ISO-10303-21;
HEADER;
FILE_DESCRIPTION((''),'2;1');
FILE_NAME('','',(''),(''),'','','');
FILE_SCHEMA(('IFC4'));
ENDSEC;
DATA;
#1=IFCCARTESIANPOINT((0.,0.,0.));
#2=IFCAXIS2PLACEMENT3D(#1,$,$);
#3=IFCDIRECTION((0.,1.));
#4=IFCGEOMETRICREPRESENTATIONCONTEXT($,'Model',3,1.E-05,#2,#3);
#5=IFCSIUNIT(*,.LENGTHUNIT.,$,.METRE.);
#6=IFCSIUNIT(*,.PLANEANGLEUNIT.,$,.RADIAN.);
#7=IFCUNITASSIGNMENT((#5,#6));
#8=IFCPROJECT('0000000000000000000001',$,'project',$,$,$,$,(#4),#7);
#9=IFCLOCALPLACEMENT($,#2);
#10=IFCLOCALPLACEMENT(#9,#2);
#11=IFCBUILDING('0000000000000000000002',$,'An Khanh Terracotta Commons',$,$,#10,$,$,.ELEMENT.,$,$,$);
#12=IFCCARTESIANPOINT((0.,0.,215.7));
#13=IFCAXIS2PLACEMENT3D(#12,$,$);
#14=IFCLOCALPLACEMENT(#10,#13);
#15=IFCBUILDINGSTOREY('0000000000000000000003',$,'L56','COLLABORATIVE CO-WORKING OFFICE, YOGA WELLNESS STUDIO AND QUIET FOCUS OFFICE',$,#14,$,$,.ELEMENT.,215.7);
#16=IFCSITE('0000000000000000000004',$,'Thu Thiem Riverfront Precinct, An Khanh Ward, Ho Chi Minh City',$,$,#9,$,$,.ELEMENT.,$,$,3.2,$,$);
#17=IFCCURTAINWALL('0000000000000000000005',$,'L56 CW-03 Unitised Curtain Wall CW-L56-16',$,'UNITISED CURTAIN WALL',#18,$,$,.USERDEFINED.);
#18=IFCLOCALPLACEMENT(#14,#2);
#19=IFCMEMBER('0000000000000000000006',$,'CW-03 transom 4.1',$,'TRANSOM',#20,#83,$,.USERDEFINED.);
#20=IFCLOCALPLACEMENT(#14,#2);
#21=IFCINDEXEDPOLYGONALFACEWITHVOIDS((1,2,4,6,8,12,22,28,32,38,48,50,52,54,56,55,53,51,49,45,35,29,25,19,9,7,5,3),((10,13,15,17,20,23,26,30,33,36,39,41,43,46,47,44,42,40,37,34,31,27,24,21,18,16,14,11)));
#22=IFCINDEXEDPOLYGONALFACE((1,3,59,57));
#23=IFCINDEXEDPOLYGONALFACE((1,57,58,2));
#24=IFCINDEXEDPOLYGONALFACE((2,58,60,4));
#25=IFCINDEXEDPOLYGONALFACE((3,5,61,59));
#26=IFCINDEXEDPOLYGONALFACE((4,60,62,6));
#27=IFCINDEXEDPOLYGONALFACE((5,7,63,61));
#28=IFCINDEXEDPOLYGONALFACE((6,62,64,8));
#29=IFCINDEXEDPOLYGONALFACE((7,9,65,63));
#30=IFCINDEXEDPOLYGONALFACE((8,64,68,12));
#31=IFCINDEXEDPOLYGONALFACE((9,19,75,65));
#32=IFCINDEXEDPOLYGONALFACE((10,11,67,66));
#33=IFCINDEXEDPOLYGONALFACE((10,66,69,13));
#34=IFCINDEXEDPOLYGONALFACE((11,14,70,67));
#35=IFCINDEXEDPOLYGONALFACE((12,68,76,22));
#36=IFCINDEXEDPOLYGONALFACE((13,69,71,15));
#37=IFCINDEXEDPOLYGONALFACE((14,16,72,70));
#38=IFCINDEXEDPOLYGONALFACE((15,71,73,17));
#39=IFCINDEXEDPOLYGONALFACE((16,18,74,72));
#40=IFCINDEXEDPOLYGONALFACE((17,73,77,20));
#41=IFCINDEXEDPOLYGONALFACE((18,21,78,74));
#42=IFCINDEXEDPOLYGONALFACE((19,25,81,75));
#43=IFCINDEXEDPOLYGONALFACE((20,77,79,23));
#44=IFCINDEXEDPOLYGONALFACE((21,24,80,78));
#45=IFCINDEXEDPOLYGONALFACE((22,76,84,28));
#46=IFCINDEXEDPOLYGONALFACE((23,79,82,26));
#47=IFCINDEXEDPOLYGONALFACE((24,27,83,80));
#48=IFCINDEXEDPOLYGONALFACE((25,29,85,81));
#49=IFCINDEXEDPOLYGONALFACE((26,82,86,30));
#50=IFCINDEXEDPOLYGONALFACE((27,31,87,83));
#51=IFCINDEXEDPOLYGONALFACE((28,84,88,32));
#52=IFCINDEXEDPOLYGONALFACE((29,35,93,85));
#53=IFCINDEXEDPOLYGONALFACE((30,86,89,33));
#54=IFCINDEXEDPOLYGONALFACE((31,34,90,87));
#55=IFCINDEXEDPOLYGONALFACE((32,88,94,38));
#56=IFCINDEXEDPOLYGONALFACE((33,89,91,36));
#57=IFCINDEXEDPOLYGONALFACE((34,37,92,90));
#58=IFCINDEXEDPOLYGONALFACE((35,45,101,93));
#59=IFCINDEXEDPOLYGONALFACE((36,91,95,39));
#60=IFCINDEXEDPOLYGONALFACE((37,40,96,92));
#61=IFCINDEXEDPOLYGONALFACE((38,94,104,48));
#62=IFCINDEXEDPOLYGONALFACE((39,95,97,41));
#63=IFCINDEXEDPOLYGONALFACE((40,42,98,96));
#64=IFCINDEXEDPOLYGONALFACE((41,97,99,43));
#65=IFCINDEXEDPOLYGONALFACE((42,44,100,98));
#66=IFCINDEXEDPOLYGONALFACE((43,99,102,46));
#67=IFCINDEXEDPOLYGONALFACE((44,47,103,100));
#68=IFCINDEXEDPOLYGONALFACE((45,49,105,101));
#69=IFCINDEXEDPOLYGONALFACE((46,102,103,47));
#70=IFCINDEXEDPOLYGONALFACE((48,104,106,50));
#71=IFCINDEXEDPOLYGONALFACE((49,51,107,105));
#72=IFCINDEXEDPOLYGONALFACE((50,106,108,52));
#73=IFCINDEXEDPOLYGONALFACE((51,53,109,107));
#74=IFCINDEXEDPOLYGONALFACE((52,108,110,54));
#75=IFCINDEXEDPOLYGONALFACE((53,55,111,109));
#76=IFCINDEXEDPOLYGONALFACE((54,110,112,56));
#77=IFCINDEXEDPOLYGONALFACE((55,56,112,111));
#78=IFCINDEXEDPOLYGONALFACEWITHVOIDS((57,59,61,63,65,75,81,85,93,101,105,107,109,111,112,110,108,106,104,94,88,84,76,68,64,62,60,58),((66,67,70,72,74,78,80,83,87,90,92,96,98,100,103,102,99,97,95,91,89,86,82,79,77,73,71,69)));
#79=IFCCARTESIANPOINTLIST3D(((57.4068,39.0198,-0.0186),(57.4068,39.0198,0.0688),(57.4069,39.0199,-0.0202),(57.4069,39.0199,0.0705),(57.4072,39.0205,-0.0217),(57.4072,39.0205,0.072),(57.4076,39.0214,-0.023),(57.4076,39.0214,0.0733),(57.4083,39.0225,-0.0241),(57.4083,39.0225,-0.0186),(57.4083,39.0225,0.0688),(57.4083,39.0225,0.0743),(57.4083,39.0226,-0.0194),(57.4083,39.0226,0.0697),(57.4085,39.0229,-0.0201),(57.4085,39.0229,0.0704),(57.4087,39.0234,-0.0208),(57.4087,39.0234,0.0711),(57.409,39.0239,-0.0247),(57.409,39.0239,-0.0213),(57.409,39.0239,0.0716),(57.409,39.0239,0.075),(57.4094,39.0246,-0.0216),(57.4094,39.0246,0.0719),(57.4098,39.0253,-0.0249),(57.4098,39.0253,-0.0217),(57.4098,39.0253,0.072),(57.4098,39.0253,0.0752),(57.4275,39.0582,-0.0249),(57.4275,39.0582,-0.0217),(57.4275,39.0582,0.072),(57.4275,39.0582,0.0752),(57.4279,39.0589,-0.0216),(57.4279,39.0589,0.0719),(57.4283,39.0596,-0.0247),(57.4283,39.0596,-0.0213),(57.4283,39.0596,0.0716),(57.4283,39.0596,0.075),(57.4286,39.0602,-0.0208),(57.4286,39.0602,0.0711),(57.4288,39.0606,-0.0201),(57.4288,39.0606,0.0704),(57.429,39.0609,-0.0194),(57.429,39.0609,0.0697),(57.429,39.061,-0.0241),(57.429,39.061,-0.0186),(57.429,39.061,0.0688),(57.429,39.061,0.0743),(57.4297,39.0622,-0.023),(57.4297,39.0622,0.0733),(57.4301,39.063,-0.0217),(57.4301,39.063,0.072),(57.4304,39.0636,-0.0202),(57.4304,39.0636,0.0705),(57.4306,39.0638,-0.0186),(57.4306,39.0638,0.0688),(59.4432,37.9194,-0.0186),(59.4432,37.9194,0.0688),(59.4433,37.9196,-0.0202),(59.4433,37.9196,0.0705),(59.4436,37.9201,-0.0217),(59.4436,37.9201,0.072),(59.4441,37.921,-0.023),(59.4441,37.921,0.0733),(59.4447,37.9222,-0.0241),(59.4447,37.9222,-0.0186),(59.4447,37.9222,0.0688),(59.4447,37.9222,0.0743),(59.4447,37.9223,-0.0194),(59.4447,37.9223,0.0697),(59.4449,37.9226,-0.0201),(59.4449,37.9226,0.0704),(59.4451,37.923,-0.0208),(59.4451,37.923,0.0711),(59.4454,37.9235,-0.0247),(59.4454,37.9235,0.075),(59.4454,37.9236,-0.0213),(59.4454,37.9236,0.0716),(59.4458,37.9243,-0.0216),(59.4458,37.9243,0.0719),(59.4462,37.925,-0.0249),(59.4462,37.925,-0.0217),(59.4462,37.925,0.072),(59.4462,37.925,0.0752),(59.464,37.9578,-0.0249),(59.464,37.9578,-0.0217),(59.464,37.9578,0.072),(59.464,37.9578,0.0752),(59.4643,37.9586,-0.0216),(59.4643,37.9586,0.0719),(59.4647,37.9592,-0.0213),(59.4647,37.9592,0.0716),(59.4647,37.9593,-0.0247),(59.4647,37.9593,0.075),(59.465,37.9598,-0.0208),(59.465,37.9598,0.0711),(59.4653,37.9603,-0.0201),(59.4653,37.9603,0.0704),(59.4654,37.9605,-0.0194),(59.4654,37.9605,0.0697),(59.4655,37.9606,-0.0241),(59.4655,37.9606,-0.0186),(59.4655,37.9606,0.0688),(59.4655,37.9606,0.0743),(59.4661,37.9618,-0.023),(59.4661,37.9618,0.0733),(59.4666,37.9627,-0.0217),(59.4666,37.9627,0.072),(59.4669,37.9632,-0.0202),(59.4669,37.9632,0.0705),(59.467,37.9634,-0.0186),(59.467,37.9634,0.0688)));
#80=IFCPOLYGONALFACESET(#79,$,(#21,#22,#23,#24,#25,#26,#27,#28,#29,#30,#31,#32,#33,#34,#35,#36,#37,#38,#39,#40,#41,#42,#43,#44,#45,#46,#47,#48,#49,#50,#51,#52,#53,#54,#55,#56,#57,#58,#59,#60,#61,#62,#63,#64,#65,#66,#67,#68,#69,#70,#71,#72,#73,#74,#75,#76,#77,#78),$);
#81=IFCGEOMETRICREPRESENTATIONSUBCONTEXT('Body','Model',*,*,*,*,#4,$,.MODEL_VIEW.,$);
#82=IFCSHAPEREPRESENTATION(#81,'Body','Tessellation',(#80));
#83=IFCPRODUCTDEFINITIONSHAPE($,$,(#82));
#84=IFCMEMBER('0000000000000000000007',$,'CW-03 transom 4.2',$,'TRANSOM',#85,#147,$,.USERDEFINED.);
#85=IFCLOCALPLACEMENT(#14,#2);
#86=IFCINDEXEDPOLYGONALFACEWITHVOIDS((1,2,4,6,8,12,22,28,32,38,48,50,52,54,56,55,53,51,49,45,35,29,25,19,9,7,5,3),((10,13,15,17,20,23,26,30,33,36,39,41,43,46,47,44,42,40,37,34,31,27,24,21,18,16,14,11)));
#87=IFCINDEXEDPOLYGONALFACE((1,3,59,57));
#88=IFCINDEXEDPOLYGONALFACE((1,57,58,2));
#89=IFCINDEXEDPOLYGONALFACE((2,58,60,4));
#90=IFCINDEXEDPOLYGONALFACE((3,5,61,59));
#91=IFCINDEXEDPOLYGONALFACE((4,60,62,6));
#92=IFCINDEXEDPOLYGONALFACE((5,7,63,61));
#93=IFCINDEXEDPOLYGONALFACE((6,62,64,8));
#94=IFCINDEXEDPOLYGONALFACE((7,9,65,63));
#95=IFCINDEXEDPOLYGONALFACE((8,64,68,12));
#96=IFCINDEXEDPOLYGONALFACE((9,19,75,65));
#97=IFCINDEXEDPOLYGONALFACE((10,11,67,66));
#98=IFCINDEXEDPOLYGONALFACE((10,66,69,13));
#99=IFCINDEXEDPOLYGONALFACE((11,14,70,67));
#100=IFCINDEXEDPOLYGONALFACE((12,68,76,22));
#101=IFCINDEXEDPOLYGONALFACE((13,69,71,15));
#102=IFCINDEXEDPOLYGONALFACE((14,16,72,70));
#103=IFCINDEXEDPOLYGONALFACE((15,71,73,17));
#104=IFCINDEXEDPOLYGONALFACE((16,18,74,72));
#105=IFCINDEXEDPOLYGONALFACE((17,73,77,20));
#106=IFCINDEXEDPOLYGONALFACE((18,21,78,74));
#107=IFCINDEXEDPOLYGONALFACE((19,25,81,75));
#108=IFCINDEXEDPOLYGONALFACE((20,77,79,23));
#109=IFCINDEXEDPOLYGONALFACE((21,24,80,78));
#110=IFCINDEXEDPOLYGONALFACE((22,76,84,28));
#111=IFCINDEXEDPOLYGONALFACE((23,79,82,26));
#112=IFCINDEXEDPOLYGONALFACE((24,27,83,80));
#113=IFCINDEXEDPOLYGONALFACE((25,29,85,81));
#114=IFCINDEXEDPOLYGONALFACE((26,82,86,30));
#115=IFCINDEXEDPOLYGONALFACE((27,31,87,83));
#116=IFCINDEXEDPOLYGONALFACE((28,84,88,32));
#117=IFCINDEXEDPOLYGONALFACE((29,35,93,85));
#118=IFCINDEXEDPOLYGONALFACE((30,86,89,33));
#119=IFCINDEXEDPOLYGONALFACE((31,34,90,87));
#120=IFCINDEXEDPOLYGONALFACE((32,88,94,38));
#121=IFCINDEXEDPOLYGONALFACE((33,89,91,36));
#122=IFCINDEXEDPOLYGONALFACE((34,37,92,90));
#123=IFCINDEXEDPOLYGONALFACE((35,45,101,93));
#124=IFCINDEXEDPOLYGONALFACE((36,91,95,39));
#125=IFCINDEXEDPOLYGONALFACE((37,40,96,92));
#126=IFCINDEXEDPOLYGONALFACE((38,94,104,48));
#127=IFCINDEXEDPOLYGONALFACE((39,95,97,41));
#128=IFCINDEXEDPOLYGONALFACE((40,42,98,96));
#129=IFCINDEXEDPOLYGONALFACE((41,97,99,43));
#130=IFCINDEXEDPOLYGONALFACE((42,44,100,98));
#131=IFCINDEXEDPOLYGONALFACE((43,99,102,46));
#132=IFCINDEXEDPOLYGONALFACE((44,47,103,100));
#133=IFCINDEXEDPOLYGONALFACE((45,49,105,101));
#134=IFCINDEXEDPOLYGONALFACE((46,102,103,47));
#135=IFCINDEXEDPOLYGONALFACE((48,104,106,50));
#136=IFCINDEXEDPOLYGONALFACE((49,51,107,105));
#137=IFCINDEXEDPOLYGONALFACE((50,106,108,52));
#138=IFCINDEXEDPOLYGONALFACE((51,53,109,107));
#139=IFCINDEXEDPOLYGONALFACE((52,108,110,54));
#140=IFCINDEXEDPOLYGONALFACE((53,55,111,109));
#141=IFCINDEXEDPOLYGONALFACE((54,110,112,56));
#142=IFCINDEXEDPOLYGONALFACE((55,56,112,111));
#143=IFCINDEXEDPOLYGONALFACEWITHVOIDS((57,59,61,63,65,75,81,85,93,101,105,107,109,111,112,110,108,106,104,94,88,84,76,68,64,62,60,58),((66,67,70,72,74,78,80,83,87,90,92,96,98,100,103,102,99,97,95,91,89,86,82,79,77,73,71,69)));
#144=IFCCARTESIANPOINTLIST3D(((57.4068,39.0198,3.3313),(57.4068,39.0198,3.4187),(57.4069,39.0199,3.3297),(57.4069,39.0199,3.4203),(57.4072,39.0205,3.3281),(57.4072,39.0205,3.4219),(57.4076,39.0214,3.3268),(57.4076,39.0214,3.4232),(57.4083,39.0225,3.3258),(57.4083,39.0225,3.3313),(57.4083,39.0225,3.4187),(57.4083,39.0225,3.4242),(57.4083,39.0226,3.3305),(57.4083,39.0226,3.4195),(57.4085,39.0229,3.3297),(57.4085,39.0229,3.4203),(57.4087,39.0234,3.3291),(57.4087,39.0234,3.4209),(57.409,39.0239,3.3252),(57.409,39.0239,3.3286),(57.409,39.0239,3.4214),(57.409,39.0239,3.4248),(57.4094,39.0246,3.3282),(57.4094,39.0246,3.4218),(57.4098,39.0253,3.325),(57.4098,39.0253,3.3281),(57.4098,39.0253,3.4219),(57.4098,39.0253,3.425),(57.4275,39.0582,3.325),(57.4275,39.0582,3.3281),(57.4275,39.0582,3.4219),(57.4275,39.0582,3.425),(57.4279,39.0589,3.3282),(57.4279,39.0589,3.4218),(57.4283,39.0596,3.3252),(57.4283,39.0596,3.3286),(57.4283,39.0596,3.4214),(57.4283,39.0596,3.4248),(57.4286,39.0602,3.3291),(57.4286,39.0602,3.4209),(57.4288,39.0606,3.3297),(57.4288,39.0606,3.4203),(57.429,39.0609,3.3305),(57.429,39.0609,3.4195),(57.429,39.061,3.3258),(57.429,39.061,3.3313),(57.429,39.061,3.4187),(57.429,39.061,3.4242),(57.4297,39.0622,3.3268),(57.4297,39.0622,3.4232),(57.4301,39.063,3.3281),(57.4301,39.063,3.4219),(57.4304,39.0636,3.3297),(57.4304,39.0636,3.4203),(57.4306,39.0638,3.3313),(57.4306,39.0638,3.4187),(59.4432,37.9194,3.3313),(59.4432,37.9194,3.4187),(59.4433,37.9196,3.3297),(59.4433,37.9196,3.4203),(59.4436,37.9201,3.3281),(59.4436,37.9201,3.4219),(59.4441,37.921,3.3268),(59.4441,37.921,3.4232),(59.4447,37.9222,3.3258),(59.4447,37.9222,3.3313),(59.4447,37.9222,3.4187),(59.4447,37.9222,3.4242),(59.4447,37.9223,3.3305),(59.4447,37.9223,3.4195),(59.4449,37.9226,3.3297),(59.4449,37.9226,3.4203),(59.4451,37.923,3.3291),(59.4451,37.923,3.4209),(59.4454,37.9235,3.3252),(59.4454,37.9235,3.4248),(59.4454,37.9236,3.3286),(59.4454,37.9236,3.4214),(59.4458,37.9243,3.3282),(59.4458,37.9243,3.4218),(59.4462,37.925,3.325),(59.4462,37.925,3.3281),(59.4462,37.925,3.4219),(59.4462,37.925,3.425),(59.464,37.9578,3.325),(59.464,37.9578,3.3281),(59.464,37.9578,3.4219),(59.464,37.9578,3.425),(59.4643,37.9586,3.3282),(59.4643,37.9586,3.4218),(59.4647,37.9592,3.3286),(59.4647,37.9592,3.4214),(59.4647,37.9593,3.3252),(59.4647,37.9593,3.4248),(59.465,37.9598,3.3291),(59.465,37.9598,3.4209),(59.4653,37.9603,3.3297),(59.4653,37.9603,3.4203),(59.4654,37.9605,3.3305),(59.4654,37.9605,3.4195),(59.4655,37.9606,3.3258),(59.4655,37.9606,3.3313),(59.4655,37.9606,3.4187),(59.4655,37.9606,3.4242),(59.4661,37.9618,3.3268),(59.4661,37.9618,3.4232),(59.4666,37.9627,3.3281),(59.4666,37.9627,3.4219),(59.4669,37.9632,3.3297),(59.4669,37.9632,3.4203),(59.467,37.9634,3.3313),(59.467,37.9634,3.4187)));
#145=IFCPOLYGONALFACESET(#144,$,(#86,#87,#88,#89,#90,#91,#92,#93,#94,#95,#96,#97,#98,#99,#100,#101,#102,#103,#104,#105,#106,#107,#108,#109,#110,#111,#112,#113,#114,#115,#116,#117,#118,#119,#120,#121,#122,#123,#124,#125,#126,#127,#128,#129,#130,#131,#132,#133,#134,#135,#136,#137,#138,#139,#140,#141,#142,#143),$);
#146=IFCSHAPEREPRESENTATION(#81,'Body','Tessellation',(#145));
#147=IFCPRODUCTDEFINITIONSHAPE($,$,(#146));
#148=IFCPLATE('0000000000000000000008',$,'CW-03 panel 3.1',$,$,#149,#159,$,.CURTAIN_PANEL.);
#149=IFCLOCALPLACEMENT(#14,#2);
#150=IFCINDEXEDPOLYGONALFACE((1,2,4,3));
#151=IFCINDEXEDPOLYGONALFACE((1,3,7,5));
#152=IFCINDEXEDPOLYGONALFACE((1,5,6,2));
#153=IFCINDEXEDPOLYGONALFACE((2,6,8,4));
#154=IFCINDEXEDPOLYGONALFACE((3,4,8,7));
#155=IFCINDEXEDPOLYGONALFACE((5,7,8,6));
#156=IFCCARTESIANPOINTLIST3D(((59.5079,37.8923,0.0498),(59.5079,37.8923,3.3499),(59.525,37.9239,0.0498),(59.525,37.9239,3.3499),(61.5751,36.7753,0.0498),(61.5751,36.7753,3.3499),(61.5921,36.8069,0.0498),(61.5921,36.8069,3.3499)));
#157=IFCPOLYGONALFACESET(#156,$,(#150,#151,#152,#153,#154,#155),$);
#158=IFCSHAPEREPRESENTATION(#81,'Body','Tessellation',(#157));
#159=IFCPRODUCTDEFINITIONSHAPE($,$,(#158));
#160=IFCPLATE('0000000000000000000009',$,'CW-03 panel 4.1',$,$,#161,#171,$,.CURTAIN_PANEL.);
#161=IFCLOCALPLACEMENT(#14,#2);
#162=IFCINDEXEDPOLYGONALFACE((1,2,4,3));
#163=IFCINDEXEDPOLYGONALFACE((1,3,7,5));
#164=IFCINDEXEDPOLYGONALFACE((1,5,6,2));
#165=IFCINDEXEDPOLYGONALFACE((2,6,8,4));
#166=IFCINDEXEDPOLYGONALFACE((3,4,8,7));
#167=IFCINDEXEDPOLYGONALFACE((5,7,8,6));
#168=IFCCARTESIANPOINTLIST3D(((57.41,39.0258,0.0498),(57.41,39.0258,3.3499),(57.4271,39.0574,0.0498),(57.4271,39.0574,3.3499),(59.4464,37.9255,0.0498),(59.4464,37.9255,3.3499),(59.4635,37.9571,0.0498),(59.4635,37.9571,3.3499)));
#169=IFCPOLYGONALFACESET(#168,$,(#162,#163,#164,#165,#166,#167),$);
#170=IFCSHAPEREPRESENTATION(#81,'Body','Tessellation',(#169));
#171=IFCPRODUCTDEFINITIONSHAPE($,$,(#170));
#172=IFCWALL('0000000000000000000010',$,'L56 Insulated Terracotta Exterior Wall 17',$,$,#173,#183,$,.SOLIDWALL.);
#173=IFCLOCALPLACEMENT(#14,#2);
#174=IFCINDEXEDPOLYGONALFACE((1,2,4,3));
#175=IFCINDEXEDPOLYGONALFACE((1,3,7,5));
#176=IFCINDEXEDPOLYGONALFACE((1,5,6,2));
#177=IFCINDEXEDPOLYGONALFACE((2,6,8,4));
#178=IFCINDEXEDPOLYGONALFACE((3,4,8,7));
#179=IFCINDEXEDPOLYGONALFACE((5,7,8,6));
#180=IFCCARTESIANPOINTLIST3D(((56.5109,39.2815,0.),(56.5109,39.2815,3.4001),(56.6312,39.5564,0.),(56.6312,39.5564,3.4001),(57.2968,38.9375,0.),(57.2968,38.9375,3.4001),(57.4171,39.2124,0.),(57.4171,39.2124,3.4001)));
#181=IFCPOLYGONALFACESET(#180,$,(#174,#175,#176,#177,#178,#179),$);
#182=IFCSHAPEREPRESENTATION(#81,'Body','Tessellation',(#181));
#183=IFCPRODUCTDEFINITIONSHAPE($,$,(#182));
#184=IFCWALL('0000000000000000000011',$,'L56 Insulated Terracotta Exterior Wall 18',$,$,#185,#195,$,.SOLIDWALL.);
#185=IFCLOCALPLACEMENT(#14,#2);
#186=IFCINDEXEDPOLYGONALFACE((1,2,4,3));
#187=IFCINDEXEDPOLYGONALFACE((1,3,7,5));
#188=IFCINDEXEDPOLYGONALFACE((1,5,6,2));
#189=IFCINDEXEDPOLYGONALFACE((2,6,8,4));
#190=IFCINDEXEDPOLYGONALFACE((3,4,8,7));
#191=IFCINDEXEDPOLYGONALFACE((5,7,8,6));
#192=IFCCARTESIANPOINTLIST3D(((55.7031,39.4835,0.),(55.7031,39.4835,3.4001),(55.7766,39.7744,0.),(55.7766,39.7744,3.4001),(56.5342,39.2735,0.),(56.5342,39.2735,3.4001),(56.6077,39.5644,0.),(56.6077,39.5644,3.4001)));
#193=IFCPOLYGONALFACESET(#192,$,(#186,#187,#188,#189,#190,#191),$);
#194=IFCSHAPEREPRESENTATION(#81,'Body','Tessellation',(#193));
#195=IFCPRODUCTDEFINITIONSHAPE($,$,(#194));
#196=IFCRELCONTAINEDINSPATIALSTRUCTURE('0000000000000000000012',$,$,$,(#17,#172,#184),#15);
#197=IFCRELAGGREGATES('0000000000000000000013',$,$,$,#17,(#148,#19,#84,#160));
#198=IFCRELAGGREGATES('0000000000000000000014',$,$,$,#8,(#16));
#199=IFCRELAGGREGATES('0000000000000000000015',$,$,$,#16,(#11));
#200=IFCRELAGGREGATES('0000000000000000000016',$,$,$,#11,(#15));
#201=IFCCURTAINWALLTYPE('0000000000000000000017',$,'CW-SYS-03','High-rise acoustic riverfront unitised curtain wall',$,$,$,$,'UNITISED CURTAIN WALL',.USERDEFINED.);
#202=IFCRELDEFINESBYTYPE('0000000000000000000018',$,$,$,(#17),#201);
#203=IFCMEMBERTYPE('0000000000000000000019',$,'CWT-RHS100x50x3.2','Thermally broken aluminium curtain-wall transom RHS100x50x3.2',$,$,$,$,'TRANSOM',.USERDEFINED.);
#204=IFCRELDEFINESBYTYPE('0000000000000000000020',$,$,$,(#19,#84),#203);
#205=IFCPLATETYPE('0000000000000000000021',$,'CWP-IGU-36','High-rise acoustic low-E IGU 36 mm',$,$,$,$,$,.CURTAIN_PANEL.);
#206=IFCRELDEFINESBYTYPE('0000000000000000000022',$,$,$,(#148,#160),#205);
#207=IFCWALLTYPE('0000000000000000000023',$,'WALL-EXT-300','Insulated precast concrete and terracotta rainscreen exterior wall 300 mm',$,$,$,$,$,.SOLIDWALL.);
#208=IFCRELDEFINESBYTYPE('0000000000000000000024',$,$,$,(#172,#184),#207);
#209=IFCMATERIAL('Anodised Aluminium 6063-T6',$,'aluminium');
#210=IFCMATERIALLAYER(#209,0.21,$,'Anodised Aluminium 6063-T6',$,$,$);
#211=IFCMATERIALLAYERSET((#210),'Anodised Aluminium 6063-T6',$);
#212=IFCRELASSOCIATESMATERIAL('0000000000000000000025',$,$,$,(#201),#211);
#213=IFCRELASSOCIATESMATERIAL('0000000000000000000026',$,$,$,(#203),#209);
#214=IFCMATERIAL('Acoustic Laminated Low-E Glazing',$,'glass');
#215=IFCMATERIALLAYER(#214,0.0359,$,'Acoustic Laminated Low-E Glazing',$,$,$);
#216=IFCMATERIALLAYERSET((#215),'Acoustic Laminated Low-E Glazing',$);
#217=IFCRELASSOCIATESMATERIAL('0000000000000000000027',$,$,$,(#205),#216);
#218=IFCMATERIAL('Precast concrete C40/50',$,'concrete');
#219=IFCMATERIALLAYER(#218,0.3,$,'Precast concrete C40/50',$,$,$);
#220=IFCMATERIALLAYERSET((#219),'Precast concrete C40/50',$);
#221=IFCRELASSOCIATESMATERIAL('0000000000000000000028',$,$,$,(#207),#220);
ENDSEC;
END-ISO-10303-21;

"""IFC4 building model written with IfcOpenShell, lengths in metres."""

from ifc_helpers import new_model, si_unit, direction, frame, frame_2d, origin, origin_2d, place, context, subcontext, project, spatial, rectangle, hollow_rectangle, extrude, material, layer, layer_set, material_profile, profile_set, type_object, element, aggregate, save


model = new_model("IFC4")

# Units and contexts
model_context = context("Model", 3, precision=1e-05, world=origin(), true_north=direction((0.0, 1.0)))
body_context = subcontext(model_context, "Body", "Model", "MODEL_VIEW")
ifc_project = project(units=[si_unit("LENGTHUNIT", "METRE"), si_unit("PLANEANGLEUNIT", "RADIAN")], contexts=[model_context])

# Site, building, storey
site_placement = place(None, origin())
site = spatial("IfcSite", under=ifc_project, at=site_placement, Name="Thu Thiem Riverfront Precinct, An Khanh Ward, Ho Chi Minh City", CompositionType="ELEMENT", RefElevation=3.2)
building_placement = place(site_placement, origin())
building = spatial("IfcBuilding", under=site, at=building_placement, Name="An Khanh Terracotta Commons", CompositionType="ELEMENT")
storey_placement = place(building_placement, frame((0.0, 0.0, 215.7)))
storey = spatial("IfcBuildingStorey", under=building, at=storey_placement, Name="L56", Description="COLLABORATIVE CO-WORKING OFFICE, YOGA WELLNESS STUDIO AND QUIET FOCUS OFFICE", CompositionType="ELEMENT", Elevation=215.7)

# Curtain wall, members, plates
ifc_material_1 = material(Name="Anodised Aluminium 6063-T6", Category="aluminium")
ifc_layer_1 = layer(ifc_material_1, 0.21, Name="Anodised Aluminium 6063-T6")
ifc_layer_set_1 = layer_set([ifc_layer_1], Name="Anodised Aluminium 6063-T6")
curtain_wall_type = type_object("IfcCurtainWallType", Name="CW-SYS-03", Description="High-rise acoustic riverfront unitised curtain wall", ElementType="UNITISED CURTAIN WALL", PredefinedType="USERDEFINED", material=ifc_layer_set_1)
curtain_wall_placement = place(storey_placement, origin())
curtain_wall = element("IfcCurtainWall", 1, at=curtain_wall_placement, inside=storey, type_object=curtain_wall_type, Name="L56 CW-03 Unitised Curtain Wall CW-L56-16", ObjectType="UNITISED CURTAIN WALL", PredefinedType="USERDEFINED")
ifc_material_profile_1 = material_profile(ifc_material_1, hollow_rectangle(XDim=0.05, YDim=0.1001, WallThickness=0.0032, InnerFilletRadius=0.0032, OuterFilletRadius=0.0063, at=origin_2d()), Name="RHS100x50x3.2")
ifc_profile_set_1 = profile_set([ifc_material_profile_1], Name="Anodised Aluminium 6063-T6")
member_type_1 = type_object("IfcMemberType", Name="CWT-RHS100x50x3.2", Description="Thermally broken aluminium curtain-wall transom RHS100x50x3.2", ElementType="TRANSOM", PredefinedType="USERDEFINED", material=ifc_profile_set_1)
member_1_placement = place(storey_placement, frame((59.4551, 37.9414, 0.0251), z_axis=(-0.879779, 0.475382, 0.0), x_axis=(-0.475382, -0.879779, 0.0)))
member_1 = element("IfcMember", 2, at=member_1_placement, type_object=member_type_1, Name="CW-03 transom 4.1", ObjectType="TRANSOM", PredefinedType="USERDEFINED", context=body_context, shape_type="SweptSolid", body=[
    extrude(hollow_rectangle(XDim=0.05, YDim=0.1001, WallThickness=0.0032, InnerFilletRadius=0.0032, OuterFilletRadius=0.0063, at=origin_2d()), origin(), (0.0, 0.0, 1.0), 2.3147),
])
member_2_placement = place(storey_placement, frame((59.4551, 37.9414, 3.375), z_axis=(-0.879779, 0.475382, 0.0), x_axis=(-0.475382, -0.879779, 0.0)))
member_2 = element("IfcMember", 3, at=member_2_placement, type_object=member_type_1, Name="CW-03 transom 4.2", ObjectType="TRANSOM", PredefinedType="USERDEFINED", context=body_context, shape_type="SweptSolid", body=[
    extrude(hollow_rectangle(XDim=0.05, YDim=0.1001, WallThickness=0.0032, InnerFilletRadius=0.0032, OuterFilletRadius=0.0063, at=origin_2d()), origin(), (0.0, 0.0, 1.0), 2.3147),
])
ifc_material_2 = material(Name="Acoustic Laminated Low-E Glazing", Category="glass")
ifc_layer_2 = layer(ifc_material_2, 0.0359, Name="Acoustic Laminated Low-E Glazing")
ifc_layer_set_2 = layer_set([ifc_layer_2], Name="Acoustic Laminated Low-E Glazing")
plate_type = type_object("IfcPlateType", Name="CWP-IGU-36", Description="High-rise acoustic low-E IGU 36 mm", PredefinedType="CURTAIN_PANEL", material=ifc_layer_set_2)
plate_1_placement = place(storey_placement, frame((60.55, 37.3496, 0.0498), z_axis=(0.0, 0.0, 1.0), x_axis=(-0.87978, 0.475381, 0.0)))
plate_1 = element("IfcPlate", 4, at=plate_1_placement, type_object=plate_type, Name="CW-03 panel 3.1", PredefinedType="CURTAIN_PANEL", context=body_context, shape_type="SweptSolid", body=[
    extrude(rectangle(XDim=2.3496, YDim=0.0359, at=origin_2d()), origin(), (0.0, 0.0, 1.0), 3.3),
])
plate_2_placement = place(storey_placement, frame((58.4368, 38.4915, 0.0498), z_axis=(0.0, 0.0, 1.0), x_axis=(-0.87978, 0.475381, 0.0)))
plate_2 = element("IfcPlate", 5, at=plate_2_placement, type_object=plate_type, Name="CW-03 panel 4.1", PredefinedType="CURTAIN_PANEL", context=body_context, shape_type="SweptSolid", body=[
    extrude(rectangle(XDim=2.3147, YDim=0.0359, at=origin_2d()), origin(), (0.0, 0.0, 1.0), 3.3),
])
aggregate(curtain_wall, [plate_1, member_1, member_2, plate_2])

# Walls
ifc_material_3 = material(Name="Precast concrete C40/50", Category="concrete")
ifc_layer_3 = layer(ifc_material_3, 0.3, Name="Precast concrete C40/50")
ifc_layer_set_3 = layer_set([ifc_layer_3], Name="Precast concrete C40/50")
wall_type = type_object("IfcWallType", Name="WALL-EXT-300", Description="Insulated precast concrete and terracotta rainscreen exterior wall 300 mm", PredefinedType="SOLIDWALL", material=ifc_layer_set_3)
wall_1_placement = place(storey_placement, frame((57.3569, 39.075, 0.0), z_axis=(0.0, 0.0, 1.0), x_axis=(-0.916085, 0.400983, 0.0)))
element("IfcWall", 6, at=wall_1_placement, inside=storey, type_object=wall_type, Name="L56 Insulated Terracotta Exterior Wall 17", PredefinedType="SOLIDWALL", context=body_context, shape_type="SweptSolid", body=[
    extrude(rectangle(XDim=0.8579, YDim=0.3, at=frame_2d((0.429, 0.0))), origin(), (0.0, 0.0, 1.0), 3.4001),
])
wall_2_placement = place(storey_placement, frame((56.571, 39.4189, 0.0), z_axis=(0.0, 0.0, 1.0), x_axis=(-0.969536, 0.244947, 0.0)))
element("IfcWall", 7, at=wall_2_placement, inside=storey, type_object=wall_type, Name="L56 Insulated Terracotta Exterior Wall 18", PredefinedType="SOLIDWALL", context=body_context, shape_type="SweptSolid", body=[
    extrude(rectangle(XDim=0.8572, YDim=0.3, at=frame_2d((0.4287, 0.0))), origin(), (0.0, 0.0, 1.0), 3.4001),
])

save(model, "model.ifc")
